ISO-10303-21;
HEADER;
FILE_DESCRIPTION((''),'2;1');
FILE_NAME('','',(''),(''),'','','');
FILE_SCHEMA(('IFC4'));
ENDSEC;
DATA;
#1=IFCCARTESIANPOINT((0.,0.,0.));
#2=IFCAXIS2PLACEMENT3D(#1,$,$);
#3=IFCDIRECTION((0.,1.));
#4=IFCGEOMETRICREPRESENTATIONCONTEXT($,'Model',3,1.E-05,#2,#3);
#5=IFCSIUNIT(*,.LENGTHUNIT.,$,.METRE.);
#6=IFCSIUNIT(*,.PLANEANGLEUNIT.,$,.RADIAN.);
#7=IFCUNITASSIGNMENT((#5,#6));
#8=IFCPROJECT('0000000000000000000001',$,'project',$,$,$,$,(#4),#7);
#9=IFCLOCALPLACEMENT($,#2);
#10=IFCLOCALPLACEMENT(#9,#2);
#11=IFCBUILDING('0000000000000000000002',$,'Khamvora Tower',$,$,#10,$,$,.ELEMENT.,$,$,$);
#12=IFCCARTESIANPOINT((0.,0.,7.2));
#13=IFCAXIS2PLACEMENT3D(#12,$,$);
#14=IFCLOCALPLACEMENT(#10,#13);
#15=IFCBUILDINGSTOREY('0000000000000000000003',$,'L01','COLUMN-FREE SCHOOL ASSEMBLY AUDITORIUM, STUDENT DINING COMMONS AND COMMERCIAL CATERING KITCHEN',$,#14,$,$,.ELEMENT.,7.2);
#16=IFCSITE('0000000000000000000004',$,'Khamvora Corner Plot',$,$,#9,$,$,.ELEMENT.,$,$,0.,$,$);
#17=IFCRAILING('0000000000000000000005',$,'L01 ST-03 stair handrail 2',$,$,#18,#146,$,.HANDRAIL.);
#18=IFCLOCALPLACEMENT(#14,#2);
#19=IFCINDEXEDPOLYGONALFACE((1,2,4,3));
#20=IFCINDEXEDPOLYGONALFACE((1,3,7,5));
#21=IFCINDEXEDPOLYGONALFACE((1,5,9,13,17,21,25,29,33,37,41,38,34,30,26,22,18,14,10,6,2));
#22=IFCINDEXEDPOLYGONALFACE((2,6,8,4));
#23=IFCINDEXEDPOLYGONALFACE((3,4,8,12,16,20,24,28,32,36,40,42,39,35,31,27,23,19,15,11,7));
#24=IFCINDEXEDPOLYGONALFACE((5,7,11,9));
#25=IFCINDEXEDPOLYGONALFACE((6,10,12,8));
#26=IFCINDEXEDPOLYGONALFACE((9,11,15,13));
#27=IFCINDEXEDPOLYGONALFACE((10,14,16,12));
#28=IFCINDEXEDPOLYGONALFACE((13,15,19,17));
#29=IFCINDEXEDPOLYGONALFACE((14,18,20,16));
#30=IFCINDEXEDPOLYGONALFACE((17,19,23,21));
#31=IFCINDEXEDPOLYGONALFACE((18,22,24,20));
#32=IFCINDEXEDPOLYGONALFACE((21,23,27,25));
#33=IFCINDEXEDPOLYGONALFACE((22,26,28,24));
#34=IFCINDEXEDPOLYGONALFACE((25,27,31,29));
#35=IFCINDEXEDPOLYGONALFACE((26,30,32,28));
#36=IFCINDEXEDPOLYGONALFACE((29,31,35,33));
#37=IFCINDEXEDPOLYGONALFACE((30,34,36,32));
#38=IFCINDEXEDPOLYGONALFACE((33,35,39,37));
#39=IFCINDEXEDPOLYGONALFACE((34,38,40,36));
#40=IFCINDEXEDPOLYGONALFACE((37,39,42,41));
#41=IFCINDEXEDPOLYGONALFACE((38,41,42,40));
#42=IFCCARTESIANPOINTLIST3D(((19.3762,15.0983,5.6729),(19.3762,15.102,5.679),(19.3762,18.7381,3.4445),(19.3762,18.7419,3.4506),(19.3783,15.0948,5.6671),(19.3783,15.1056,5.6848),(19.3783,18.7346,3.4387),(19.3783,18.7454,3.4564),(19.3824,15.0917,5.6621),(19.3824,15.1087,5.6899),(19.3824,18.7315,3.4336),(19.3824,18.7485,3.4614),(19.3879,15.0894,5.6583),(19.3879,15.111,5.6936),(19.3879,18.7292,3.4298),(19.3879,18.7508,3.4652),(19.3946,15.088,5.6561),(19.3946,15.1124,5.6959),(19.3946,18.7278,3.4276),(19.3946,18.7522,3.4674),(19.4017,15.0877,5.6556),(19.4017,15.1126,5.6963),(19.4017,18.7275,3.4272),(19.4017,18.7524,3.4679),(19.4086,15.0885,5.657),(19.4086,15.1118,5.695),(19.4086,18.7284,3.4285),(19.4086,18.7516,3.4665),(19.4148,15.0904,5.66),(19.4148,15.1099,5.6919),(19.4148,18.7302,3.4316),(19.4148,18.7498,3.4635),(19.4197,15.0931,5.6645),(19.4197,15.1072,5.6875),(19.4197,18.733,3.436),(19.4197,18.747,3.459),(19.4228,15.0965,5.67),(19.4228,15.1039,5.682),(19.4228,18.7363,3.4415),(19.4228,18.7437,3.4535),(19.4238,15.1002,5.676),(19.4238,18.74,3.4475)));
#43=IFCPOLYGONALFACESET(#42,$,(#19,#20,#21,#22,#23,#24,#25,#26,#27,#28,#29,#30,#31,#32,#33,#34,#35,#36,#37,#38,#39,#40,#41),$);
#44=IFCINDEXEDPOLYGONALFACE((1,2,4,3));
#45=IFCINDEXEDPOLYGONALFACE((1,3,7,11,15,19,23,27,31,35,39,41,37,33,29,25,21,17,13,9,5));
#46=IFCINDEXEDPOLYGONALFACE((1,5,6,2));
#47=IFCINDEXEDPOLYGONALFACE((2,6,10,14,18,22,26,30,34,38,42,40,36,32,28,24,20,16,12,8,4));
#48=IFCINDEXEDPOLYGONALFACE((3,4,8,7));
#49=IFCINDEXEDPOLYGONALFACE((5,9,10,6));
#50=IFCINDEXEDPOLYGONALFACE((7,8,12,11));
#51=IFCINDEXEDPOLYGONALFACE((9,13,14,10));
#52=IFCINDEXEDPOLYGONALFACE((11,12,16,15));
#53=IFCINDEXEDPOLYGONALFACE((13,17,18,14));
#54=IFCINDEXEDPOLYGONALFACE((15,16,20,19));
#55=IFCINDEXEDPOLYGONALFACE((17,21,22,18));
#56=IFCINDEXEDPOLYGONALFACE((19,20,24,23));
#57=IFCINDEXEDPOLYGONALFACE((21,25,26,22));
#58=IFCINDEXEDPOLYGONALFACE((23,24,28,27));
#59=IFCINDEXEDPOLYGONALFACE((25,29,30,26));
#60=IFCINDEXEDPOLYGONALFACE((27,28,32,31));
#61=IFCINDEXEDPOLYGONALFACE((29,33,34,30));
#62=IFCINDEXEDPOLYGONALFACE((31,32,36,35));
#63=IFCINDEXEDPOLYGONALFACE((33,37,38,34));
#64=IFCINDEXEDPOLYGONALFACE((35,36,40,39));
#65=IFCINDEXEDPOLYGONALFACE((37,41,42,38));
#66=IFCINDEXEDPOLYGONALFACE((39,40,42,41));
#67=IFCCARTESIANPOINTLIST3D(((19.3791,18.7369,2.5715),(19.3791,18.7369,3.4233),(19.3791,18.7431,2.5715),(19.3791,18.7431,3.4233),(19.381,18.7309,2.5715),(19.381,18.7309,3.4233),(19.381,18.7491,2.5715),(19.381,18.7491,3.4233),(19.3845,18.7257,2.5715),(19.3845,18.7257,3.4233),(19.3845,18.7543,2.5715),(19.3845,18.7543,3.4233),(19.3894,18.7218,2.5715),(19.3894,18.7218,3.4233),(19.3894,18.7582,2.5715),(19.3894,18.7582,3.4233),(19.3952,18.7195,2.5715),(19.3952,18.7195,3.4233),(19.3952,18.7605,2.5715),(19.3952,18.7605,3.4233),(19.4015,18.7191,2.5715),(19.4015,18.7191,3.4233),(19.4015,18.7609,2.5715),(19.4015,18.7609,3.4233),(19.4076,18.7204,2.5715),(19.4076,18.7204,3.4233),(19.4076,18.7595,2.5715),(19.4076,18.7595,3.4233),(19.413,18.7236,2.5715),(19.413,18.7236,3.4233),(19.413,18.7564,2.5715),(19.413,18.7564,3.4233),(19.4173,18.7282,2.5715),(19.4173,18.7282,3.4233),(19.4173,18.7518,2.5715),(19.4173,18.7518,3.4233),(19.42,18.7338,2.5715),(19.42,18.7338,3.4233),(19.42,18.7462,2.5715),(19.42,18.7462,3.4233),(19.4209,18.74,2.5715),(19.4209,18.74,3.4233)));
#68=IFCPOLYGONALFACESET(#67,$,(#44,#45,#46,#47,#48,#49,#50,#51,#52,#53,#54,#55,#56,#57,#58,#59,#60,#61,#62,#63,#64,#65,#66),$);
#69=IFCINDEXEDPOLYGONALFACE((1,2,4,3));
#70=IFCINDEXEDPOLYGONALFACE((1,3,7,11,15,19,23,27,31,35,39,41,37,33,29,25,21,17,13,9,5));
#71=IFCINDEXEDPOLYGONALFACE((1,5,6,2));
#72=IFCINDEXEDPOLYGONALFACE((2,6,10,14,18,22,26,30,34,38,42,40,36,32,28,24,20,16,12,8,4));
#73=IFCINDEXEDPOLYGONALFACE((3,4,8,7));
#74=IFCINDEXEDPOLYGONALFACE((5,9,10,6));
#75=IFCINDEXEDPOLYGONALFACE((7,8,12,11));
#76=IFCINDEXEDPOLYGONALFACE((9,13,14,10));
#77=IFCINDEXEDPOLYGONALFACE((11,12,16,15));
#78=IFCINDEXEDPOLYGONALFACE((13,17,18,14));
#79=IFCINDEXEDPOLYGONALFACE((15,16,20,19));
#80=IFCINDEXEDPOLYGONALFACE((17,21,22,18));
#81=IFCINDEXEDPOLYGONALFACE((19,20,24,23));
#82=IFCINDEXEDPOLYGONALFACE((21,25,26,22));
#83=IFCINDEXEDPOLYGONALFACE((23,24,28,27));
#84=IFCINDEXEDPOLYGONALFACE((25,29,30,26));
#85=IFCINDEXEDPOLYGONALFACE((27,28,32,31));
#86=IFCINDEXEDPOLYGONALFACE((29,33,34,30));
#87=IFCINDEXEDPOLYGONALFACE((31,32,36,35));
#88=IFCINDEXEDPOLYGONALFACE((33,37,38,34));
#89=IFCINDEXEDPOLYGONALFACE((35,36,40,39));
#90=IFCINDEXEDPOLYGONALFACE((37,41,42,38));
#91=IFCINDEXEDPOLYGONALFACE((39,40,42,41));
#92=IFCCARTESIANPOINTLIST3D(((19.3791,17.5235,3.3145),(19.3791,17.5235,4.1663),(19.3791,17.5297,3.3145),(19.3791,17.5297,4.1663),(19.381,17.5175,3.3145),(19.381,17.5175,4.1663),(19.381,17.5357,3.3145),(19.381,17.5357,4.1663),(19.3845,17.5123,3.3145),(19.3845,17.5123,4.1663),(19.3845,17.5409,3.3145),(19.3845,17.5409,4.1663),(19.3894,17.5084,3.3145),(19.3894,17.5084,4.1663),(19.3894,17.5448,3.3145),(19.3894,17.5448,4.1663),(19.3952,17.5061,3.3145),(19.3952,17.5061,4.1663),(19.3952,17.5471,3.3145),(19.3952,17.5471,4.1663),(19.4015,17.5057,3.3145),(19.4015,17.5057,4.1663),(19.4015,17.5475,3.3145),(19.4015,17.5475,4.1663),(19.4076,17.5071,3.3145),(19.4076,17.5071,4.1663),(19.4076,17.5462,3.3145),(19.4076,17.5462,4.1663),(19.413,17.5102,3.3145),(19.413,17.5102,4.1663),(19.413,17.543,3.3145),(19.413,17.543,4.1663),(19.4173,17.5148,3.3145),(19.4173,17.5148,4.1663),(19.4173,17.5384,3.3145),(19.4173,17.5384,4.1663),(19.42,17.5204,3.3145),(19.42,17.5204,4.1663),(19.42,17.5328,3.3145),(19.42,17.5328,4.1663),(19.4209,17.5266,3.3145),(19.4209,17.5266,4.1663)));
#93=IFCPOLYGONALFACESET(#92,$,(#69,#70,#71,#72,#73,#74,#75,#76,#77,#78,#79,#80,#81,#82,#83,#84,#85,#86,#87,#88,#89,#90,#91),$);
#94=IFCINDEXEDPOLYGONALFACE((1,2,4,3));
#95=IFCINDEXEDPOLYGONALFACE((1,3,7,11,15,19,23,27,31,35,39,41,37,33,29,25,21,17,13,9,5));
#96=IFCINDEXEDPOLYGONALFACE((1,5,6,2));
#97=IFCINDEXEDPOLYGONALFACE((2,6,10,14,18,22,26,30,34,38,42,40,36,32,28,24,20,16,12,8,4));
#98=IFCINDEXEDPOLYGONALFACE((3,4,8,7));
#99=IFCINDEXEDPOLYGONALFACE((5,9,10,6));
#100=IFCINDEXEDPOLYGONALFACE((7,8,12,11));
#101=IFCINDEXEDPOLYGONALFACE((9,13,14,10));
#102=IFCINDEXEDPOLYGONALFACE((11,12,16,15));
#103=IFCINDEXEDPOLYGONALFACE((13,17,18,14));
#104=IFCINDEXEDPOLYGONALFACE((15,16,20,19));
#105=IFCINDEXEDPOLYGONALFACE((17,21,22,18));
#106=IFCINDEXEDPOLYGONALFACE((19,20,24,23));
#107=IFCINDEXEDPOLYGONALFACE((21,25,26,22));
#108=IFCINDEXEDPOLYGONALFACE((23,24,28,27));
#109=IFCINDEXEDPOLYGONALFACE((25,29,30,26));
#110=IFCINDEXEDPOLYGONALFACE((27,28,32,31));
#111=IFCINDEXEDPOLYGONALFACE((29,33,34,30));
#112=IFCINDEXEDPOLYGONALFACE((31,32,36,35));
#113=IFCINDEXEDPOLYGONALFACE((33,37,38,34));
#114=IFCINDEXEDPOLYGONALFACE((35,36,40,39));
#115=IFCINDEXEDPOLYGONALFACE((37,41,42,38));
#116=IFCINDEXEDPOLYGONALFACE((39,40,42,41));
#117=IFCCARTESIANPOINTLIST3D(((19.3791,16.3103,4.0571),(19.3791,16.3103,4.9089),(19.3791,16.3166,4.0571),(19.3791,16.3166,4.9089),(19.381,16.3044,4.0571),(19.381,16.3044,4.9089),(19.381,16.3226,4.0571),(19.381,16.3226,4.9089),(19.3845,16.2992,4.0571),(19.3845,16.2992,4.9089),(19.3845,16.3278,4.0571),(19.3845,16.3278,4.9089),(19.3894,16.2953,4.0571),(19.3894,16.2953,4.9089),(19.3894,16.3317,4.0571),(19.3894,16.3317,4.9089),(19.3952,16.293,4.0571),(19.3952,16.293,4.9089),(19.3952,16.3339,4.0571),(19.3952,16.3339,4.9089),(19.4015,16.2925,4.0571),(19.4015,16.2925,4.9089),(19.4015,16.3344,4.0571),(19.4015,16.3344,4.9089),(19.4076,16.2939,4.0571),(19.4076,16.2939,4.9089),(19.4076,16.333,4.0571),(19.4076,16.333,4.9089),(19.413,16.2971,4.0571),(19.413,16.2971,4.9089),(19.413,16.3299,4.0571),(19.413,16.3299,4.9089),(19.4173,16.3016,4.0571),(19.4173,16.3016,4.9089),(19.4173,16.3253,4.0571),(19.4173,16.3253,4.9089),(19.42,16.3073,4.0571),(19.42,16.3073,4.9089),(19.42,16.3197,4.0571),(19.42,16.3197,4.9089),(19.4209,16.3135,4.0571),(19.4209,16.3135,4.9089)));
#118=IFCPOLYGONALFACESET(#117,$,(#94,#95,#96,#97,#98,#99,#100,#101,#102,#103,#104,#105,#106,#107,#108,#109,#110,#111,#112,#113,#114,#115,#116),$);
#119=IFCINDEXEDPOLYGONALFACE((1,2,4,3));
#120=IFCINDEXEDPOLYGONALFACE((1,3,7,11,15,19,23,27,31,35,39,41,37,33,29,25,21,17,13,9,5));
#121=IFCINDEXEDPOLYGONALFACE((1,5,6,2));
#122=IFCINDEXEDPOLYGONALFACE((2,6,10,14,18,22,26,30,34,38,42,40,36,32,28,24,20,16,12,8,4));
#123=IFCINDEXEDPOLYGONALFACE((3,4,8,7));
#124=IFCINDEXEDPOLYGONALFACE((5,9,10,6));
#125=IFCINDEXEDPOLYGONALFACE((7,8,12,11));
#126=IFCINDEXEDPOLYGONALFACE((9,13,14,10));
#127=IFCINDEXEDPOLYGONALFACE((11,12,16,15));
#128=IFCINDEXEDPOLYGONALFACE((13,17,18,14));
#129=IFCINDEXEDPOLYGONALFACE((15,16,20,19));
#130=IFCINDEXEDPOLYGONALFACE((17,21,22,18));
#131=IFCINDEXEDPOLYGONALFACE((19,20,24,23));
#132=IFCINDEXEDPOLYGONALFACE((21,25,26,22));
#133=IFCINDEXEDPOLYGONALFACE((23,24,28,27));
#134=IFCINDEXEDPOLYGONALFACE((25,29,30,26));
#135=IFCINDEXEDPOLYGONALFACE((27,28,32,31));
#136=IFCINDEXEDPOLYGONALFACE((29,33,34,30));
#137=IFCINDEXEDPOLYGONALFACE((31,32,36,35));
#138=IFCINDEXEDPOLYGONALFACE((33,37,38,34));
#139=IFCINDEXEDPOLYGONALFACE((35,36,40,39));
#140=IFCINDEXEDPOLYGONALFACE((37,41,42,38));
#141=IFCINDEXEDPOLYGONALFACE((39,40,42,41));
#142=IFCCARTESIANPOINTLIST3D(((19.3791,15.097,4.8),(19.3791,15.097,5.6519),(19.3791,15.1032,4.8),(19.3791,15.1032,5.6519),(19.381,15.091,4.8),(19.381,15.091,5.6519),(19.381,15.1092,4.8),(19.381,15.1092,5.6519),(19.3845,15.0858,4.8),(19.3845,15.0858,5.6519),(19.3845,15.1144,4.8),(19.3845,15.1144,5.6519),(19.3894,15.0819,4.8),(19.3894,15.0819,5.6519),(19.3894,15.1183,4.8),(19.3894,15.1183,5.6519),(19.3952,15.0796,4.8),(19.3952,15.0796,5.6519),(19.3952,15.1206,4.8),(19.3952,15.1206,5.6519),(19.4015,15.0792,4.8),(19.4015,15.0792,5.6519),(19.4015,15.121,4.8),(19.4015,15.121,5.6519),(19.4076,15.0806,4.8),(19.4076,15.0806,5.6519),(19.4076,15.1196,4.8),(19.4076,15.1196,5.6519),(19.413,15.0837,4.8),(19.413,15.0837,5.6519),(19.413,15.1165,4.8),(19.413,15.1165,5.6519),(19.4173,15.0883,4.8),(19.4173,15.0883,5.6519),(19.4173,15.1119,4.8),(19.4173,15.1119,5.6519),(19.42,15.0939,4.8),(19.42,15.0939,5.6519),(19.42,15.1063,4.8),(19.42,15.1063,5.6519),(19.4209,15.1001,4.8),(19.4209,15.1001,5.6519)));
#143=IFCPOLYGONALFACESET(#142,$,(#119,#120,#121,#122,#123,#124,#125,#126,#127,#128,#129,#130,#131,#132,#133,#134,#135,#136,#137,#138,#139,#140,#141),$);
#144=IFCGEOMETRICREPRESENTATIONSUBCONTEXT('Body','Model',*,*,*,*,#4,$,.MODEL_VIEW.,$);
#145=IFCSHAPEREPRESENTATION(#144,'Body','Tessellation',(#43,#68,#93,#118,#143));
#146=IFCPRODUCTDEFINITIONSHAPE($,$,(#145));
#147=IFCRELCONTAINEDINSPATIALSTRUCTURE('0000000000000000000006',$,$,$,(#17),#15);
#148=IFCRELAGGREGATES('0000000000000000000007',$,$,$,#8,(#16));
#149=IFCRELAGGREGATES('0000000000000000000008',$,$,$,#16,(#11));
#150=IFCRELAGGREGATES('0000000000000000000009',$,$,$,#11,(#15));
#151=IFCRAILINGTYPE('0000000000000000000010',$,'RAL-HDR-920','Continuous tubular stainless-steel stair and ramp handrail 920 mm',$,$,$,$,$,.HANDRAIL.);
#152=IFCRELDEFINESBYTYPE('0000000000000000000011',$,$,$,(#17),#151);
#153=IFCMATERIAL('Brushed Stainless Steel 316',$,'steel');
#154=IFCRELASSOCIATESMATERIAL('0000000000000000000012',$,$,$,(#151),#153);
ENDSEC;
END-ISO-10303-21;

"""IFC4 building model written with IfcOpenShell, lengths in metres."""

from ifc_helpers import new_model, si_unit, direction, frame, origin, origin_2d, place, context, subcontext, project, spatial, circle, extrude, material, type_object, element, save


model = new_model("IFC4")

# Units and contexts
model_context = context("Model", 3, precision=1e-05, world=origin(), true_north=direction((0.0, 1.0)))
body_context = subcontext(model_context, "Body", "Model", "MODEL_VIEW")
ifc_project = project(units=[si_unit("LENGTHUNIT", "METRE"), si_unit("PLANEANGLEUNIT", "RADIAN")], contexts=[model_context])

# Site, building, storey
site_placement = place(None, origin())
site = spatial("IfcSite", under=ifc_project, at=site_placement, Name="Khamvora Corner Plot", CompositionType="ELEMENT", RefElevation=0.0)
building_placement = place(site_placement, origin())
building = spatial("IfcBuilding", under=site, at=building_placement, Name="Khamvora Tower", CompositionType="ELEMENT")
storey_placement = place(building_placement, frame((0.0, 0.0, 7.2)))
storey = spatial("IfcBuildingStorey", under=building, at=storey_placement, Name="L01", Description="COLUMN-FREE SCHOOL ASSEMBLY AUDITORIUM, STUDENT DINING COMMONS AND COMMERCIAL CATERING KITCHEN", CompositionType="ELEMENT", Elevation=7.2)

# Railing
ifc_material_1 = material(Name="Brushed Stainless Steel 316", Category="steel")
railing_type_1 = type_object("IfcRailingType", Name="RAL-HDR-920", Description="Continuous tubular stainless-steel stair and ramp handrail 920 mm", PredefinedType="HANDRAIL", material=ifc_material_1)
railing_1_placement = place(storey_placement, frame((19.3999, 18.74, 2.5715)))
element("IfcRailing", 1, at=railing_1_placement, inside=storey, type_object=railing_type_1, Name="L01 ST-03 stair handrail 2", PredefinedType="HANDRAIL", context=body_context, shape_type="SweptSolid", body=[
    extrude(circle(Radius=0.0239, at=origin_2d()), frame((0.0, 0.0, 0.876), z_axis=(0.0, -0.85285, 0.522156), x_axis=(1.0, 0.0, 0.0)), (0.0, 0.0, 1.0), 4.2678),
    extrude(circle(Radius=0.021, at=origin_2d()), origin(), (0.0, 0.0, 1.0), 0.8518),
    extrude(circle(Radius=0.021, at=origin_2d()), frame((0.0, -1.2134, 0.7429)), (0.0, 0.0, 1.0), 0.8518),
    extrude(circle(Radius=0.021, at=origin_2d()), frame((0.0, -2.4265, 1.4856)), (0.0, 0.0, 1.0), 0.8518),
    extrude(circle(Radius=0.021, at=origin_2d()), frame((0.0, -3.6399, 2.2285)), (0.0, 0.0, 1.0), 0.8518),
])

save(model, "model.ifc")
